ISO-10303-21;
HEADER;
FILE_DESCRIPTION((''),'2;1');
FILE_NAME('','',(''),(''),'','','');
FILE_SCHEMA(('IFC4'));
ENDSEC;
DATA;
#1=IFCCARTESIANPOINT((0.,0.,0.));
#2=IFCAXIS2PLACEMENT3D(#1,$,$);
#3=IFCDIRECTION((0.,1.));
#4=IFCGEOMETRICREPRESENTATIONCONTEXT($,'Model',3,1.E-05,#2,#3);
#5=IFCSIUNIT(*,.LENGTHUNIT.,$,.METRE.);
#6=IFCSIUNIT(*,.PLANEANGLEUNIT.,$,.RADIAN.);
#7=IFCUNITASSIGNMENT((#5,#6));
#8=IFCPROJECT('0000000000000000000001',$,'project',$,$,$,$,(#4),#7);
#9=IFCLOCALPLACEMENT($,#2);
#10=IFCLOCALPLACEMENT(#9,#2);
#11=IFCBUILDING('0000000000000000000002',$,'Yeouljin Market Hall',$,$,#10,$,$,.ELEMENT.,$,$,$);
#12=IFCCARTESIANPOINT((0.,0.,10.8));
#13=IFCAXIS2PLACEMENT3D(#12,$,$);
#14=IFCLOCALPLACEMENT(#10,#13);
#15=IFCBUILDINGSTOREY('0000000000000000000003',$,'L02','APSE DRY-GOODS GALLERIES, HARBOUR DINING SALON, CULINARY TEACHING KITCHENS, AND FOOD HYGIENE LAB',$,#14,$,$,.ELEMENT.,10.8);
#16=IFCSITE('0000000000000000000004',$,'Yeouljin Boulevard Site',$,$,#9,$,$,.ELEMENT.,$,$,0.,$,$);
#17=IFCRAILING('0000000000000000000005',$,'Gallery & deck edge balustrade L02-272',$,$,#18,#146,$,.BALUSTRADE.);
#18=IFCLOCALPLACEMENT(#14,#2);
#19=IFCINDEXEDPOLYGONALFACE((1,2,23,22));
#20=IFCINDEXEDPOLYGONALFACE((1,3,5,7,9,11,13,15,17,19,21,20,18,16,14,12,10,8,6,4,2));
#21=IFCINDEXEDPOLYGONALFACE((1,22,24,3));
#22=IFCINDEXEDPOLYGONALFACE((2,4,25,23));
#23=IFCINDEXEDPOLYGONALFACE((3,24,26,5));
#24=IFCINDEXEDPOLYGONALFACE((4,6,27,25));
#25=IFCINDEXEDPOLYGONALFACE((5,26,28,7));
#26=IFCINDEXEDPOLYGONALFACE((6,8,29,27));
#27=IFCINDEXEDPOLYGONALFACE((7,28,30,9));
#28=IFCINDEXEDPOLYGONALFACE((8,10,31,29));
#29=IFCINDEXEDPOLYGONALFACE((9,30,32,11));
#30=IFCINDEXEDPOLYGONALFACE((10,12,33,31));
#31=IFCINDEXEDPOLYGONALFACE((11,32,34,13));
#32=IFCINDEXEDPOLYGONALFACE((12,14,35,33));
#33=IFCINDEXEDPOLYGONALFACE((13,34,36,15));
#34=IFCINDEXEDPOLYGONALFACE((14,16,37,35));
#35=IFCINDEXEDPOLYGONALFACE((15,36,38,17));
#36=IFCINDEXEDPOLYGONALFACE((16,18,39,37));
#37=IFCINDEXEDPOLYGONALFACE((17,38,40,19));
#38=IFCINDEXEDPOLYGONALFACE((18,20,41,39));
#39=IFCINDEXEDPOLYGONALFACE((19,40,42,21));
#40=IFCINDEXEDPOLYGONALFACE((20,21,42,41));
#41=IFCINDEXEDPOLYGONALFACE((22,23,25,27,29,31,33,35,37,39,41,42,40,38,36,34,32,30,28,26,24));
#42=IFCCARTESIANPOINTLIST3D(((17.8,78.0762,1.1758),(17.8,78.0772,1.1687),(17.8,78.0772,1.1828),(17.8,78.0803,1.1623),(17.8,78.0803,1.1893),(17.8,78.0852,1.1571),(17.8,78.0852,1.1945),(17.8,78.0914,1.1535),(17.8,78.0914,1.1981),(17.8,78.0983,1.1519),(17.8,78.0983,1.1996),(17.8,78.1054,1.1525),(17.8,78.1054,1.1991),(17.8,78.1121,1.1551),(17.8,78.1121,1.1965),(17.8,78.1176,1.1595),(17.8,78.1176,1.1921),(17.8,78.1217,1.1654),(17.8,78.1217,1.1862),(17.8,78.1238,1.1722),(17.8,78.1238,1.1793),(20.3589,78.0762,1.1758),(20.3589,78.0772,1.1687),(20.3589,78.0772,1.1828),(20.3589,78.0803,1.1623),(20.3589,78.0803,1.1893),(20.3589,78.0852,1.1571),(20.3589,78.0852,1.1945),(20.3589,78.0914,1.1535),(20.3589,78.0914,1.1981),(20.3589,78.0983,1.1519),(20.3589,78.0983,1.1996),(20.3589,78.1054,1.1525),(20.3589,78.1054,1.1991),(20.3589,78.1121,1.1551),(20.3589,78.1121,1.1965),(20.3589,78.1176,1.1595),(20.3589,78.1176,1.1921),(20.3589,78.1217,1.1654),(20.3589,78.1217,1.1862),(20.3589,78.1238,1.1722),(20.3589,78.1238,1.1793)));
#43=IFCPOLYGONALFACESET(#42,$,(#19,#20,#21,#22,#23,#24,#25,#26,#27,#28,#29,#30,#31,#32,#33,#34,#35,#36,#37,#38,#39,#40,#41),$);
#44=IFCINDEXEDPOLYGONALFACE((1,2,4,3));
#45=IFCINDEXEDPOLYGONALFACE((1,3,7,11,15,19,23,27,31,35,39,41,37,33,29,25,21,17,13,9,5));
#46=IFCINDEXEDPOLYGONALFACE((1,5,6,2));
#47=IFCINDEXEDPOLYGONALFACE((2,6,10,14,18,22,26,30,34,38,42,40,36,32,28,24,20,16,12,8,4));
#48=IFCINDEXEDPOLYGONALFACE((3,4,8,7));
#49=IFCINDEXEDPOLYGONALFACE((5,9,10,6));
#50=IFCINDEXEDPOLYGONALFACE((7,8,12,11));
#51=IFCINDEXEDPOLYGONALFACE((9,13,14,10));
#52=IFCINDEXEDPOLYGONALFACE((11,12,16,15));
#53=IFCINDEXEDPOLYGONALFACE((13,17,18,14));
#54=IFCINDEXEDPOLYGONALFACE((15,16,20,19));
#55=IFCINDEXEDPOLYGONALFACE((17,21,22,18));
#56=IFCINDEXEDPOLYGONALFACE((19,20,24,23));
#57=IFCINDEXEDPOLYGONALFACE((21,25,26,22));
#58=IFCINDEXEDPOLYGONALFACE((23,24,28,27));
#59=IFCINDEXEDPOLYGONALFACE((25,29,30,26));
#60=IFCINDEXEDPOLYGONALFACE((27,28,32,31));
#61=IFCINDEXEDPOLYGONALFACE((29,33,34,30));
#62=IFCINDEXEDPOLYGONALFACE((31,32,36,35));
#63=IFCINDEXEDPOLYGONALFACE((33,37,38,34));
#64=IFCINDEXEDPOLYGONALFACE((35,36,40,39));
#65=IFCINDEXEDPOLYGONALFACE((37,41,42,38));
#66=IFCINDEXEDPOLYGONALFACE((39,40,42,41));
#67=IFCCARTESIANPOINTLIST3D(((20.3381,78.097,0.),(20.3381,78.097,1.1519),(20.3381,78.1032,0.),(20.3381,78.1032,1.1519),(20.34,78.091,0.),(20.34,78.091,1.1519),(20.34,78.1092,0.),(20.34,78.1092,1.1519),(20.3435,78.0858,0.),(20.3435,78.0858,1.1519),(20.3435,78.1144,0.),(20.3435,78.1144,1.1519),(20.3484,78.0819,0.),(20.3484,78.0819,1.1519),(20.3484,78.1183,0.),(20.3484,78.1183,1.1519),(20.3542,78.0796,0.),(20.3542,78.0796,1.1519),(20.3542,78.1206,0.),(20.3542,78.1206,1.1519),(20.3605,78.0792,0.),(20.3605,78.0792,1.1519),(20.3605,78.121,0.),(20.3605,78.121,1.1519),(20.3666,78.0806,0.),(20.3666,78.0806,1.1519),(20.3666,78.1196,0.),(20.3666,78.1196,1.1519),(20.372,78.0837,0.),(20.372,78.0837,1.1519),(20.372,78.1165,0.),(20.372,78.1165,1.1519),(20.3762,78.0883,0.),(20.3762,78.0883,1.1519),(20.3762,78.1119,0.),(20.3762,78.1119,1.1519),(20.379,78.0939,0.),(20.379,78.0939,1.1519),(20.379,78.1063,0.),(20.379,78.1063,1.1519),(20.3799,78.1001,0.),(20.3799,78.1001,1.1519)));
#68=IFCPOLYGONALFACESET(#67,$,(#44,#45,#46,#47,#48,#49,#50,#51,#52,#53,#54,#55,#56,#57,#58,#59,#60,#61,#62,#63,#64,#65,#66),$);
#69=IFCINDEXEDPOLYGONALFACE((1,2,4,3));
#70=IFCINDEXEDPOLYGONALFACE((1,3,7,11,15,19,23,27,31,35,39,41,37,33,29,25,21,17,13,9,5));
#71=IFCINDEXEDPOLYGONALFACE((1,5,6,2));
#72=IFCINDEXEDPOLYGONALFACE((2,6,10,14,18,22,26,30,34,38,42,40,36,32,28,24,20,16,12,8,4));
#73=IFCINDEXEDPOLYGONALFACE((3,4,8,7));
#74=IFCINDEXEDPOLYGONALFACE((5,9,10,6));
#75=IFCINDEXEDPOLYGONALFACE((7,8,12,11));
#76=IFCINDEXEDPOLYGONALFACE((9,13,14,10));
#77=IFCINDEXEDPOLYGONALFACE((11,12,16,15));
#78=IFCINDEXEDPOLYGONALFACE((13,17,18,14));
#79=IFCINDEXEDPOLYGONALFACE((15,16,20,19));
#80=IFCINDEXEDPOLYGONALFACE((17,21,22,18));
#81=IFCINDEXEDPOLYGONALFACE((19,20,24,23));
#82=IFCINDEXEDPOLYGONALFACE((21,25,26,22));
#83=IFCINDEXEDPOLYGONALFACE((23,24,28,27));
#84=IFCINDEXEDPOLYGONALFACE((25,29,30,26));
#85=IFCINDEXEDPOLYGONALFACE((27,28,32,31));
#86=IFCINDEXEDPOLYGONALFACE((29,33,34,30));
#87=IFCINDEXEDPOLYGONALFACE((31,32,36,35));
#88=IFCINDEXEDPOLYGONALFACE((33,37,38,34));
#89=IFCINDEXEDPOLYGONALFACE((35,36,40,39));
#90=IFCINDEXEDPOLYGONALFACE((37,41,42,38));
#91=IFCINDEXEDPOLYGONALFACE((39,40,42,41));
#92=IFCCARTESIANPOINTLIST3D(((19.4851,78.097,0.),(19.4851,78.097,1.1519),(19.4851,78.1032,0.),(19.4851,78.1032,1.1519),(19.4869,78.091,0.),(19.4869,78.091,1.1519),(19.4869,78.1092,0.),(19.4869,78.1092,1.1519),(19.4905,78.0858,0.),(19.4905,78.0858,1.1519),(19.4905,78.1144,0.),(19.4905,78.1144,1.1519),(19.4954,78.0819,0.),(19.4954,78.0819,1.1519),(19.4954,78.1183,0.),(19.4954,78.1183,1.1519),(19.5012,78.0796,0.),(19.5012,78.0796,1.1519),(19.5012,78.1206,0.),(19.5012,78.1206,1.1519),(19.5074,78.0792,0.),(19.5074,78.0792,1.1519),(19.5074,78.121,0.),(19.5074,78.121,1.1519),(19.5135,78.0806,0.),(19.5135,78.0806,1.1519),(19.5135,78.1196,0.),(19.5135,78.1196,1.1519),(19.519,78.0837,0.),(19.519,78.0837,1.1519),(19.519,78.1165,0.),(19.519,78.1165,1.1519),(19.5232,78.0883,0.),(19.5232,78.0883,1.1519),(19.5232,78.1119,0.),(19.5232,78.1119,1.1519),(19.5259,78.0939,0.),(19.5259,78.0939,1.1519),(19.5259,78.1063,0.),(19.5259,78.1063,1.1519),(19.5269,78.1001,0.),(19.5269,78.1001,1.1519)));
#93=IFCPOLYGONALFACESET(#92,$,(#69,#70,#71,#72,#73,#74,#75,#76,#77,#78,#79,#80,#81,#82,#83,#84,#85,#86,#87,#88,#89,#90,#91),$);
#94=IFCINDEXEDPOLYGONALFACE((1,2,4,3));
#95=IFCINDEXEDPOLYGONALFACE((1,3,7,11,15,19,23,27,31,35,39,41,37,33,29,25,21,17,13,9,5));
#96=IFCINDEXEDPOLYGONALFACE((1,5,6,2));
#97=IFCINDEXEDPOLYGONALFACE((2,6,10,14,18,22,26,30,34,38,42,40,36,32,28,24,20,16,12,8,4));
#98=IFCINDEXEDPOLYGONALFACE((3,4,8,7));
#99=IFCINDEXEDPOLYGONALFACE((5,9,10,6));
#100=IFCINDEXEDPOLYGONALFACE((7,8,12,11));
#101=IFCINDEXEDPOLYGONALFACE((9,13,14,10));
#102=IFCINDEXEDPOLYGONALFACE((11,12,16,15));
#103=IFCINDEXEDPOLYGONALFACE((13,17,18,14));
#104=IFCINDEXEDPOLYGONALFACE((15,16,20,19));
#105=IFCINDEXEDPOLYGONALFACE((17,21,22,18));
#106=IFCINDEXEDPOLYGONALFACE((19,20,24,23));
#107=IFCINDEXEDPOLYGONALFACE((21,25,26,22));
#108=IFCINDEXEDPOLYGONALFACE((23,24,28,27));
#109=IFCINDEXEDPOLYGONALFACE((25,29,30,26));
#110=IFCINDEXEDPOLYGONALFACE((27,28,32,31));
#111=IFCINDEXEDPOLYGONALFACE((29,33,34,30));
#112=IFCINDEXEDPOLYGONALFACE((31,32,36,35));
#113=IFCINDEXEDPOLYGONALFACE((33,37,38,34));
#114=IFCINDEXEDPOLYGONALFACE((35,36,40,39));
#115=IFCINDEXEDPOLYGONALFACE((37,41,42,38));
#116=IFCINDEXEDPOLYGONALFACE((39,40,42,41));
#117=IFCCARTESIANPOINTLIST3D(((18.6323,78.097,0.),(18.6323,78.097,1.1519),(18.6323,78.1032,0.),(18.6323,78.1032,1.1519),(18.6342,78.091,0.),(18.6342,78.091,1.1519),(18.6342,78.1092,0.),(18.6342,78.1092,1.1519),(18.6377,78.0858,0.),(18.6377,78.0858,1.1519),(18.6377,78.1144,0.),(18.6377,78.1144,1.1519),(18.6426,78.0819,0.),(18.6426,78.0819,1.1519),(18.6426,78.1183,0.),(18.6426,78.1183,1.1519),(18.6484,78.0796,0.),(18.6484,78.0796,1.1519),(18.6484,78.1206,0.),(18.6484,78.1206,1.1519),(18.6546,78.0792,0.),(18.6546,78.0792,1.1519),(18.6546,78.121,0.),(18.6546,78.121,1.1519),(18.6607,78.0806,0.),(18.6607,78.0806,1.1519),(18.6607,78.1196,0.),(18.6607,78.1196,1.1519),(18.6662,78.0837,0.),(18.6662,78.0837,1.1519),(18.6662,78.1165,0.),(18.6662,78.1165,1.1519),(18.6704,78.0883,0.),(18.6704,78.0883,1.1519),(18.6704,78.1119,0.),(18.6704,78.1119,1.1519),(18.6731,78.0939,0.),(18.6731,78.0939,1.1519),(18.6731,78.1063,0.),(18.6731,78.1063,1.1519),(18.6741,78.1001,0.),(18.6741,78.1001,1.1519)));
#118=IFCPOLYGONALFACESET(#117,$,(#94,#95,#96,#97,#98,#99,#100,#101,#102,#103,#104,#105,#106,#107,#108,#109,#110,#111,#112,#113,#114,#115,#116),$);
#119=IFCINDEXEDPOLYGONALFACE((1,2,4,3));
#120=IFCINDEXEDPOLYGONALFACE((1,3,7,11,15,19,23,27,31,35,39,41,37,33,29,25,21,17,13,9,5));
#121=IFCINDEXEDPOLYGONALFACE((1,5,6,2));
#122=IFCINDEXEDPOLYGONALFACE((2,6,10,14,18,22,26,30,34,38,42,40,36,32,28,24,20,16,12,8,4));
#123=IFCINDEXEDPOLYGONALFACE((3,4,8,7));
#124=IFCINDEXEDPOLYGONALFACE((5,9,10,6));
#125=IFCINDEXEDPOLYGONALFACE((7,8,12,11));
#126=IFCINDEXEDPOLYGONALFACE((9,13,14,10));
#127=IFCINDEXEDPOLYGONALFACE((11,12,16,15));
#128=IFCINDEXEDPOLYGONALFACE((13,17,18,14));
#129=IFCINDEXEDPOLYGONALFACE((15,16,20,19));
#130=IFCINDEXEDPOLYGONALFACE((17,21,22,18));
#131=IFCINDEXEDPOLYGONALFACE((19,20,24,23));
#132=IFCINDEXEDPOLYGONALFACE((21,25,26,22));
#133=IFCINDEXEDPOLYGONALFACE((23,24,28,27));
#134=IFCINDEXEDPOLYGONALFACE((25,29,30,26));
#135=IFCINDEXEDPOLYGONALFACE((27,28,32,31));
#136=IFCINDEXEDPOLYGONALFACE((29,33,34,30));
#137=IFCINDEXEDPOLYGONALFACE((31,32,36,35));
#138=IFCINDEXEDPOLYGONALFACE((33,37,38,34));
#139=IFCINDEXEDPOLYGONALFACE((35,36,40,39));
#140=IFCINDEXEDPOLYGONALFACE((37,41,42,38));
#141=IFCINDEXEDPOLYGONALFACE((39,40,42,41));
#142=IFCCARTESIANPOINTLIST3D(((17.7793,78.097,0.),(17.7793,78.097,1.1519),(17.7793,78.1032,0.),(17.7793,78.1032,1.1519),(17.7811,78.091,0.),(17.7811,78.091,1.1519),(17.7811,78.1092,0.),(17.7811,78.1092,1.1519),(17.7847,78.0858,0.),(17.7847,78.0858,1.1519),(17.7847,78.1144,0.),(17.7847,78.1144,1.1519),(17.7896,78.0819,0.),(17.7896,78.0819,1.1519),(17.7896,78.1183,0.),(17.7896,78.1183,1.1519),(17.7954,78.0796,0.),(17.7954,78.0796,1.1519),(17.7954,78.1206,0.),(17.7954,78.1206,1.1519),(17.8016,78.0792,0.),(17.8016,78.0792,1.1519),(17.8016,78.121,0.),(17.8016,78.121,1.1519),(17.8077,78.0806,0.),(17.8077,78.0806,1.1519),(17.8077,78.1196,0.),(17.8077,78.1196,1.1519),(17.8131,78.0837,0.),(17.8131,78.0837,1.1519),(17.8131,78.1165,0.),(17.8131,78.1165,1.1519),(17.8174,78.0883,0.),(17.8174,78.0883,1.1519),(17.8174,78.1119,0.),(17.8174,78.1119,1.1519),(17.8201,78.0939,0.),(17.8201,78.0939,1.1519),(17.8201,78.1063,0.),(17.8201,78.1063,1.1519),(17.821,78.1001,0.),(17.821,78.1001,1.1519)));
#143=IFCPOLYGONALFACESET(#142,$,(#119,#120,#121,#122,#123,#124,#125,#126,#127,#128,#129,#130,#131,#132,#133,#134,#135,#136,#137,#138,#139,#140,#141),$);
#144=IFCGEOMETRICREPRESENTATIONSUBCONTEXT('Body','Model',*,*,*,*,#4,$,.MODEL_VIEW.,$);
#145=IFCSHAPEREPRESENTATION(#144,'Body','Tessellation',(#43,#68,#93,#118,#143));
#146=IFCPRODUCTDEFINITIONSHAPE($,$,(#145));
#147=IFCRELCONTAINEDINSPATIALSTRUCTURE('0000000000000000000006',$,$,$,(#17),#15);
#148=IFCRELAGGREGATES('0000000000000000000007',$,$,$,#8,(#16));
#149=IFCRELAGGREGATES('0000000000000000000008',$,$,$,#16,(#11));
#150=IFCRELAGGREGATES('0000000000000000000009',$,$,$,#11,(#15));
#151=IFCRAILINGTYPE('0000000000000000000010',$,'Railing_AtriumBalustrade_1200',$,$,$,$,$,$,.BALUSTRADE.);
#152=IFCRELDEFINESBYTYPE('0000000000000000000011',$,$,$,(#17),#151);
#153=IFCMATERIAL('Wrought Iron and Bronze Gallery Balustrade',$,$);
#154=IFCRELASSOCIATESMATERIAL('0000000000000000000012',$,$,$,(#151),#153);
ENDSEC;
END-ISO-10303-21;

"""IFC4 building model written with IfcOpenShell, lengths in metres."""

from ifc_helpers import new_model, si_unit, direction, frame, origin, origin_2d, place, context, subcontext, project, spatial, circle, extrude, material, type_object, element, save


model = new_model("IFC4")

# Units and contexts
model_context = context("Model", 3, precision=1e-05, world=origin(), true_north=direction((0.0, 1.0)))
body_context = subcontext(model_context, "Body", "Model", "MODEL_VIEW")
ifc_project = project(units=[si_unit("LENGTHUNIT", "METRE"), si_unit("PLANEANGLEUNIT", "RADIAN")], contexts=[model_context])

# Site, building, storey
site_placement = place(None, origin())
site = spatial("IfcSite", under=ifc_project, at=site_placement, Name="Yeouljin Boulevard Site", CompositionType="ELEMENT", RefElevation=0.0)
building_placement = place(site_placement, origin())
building = spatial("IfcBuilding", under=site, at=building_placement, Name="Yeouljin Market Hall", CompositionType="ELEMENT")
storey_placement = place(building_placement, frame((0.0, 0.0, 10.8)))
storey = spatial("IfcBuildingStorey", under=building, at=storey_placement, Name="L02", Description="APSE DRY-GOODS GALLERIES, HARBOUR DINING SALON, CULINARY TEACHING KITCHENS, AND FOOD HYGIENE LAB", CompositionType="ELEMENT", Elevation=10.8)

# Railing
ifc_material_1 = material(Name="Wrought Iron and Bronze Gallery Balustrade")
railing_type_1 = type_object("IfcRailingType", Name="Railing_AtriumBalustrade_1200", PredefinedType="BALUSTRADE", material=ifc_material_1)
railing_1_placement = place(storey_placement, frame((20.3589, 78.1001, 0.0)))
element("IfcRailing", 1, at=railing_1_placement, inside=storey, type_object=railing_type_1, Name="Gallery & deck edge balustrade L02-272", PredefinedType="BALUSTRADE", context=body_context, shape_type="SweptSolid", body=[
    extrude(circle(Radius=0.0239, at=origin_2d()), frame((0.0, 0.0, 1.1758), z_axis=(-1.0, 0.0, 0.0), x_axis=(0.0, -1.0, 0.0)), (0.0, 0.0, 1.0), 2.5588),
    extrude(circle(Radius=0.021, at=origin_2d()), origin(), (0.0, 0.0, 1.0), 1.1519),
    extrude(circle(Radius=0.021, at=origin_2d()), frame((-0.853, 0.0, 0.0)), (0.0, 0.0, 1.0), 1.1519),
    extrude(circle(Radius=0.021, at=origin_2d()), frame((-1.7058, 0.0, 0.0)), (0.0, 0.0, 1.0), 1.1519),
    extrude(circle(Radius=0.021, at=origin_2d()), frame((-2.5588, 0.0, 0.0)), (0.0, 0.0, 1.0), 1.1519),
])

save(model, "model.ifc")
